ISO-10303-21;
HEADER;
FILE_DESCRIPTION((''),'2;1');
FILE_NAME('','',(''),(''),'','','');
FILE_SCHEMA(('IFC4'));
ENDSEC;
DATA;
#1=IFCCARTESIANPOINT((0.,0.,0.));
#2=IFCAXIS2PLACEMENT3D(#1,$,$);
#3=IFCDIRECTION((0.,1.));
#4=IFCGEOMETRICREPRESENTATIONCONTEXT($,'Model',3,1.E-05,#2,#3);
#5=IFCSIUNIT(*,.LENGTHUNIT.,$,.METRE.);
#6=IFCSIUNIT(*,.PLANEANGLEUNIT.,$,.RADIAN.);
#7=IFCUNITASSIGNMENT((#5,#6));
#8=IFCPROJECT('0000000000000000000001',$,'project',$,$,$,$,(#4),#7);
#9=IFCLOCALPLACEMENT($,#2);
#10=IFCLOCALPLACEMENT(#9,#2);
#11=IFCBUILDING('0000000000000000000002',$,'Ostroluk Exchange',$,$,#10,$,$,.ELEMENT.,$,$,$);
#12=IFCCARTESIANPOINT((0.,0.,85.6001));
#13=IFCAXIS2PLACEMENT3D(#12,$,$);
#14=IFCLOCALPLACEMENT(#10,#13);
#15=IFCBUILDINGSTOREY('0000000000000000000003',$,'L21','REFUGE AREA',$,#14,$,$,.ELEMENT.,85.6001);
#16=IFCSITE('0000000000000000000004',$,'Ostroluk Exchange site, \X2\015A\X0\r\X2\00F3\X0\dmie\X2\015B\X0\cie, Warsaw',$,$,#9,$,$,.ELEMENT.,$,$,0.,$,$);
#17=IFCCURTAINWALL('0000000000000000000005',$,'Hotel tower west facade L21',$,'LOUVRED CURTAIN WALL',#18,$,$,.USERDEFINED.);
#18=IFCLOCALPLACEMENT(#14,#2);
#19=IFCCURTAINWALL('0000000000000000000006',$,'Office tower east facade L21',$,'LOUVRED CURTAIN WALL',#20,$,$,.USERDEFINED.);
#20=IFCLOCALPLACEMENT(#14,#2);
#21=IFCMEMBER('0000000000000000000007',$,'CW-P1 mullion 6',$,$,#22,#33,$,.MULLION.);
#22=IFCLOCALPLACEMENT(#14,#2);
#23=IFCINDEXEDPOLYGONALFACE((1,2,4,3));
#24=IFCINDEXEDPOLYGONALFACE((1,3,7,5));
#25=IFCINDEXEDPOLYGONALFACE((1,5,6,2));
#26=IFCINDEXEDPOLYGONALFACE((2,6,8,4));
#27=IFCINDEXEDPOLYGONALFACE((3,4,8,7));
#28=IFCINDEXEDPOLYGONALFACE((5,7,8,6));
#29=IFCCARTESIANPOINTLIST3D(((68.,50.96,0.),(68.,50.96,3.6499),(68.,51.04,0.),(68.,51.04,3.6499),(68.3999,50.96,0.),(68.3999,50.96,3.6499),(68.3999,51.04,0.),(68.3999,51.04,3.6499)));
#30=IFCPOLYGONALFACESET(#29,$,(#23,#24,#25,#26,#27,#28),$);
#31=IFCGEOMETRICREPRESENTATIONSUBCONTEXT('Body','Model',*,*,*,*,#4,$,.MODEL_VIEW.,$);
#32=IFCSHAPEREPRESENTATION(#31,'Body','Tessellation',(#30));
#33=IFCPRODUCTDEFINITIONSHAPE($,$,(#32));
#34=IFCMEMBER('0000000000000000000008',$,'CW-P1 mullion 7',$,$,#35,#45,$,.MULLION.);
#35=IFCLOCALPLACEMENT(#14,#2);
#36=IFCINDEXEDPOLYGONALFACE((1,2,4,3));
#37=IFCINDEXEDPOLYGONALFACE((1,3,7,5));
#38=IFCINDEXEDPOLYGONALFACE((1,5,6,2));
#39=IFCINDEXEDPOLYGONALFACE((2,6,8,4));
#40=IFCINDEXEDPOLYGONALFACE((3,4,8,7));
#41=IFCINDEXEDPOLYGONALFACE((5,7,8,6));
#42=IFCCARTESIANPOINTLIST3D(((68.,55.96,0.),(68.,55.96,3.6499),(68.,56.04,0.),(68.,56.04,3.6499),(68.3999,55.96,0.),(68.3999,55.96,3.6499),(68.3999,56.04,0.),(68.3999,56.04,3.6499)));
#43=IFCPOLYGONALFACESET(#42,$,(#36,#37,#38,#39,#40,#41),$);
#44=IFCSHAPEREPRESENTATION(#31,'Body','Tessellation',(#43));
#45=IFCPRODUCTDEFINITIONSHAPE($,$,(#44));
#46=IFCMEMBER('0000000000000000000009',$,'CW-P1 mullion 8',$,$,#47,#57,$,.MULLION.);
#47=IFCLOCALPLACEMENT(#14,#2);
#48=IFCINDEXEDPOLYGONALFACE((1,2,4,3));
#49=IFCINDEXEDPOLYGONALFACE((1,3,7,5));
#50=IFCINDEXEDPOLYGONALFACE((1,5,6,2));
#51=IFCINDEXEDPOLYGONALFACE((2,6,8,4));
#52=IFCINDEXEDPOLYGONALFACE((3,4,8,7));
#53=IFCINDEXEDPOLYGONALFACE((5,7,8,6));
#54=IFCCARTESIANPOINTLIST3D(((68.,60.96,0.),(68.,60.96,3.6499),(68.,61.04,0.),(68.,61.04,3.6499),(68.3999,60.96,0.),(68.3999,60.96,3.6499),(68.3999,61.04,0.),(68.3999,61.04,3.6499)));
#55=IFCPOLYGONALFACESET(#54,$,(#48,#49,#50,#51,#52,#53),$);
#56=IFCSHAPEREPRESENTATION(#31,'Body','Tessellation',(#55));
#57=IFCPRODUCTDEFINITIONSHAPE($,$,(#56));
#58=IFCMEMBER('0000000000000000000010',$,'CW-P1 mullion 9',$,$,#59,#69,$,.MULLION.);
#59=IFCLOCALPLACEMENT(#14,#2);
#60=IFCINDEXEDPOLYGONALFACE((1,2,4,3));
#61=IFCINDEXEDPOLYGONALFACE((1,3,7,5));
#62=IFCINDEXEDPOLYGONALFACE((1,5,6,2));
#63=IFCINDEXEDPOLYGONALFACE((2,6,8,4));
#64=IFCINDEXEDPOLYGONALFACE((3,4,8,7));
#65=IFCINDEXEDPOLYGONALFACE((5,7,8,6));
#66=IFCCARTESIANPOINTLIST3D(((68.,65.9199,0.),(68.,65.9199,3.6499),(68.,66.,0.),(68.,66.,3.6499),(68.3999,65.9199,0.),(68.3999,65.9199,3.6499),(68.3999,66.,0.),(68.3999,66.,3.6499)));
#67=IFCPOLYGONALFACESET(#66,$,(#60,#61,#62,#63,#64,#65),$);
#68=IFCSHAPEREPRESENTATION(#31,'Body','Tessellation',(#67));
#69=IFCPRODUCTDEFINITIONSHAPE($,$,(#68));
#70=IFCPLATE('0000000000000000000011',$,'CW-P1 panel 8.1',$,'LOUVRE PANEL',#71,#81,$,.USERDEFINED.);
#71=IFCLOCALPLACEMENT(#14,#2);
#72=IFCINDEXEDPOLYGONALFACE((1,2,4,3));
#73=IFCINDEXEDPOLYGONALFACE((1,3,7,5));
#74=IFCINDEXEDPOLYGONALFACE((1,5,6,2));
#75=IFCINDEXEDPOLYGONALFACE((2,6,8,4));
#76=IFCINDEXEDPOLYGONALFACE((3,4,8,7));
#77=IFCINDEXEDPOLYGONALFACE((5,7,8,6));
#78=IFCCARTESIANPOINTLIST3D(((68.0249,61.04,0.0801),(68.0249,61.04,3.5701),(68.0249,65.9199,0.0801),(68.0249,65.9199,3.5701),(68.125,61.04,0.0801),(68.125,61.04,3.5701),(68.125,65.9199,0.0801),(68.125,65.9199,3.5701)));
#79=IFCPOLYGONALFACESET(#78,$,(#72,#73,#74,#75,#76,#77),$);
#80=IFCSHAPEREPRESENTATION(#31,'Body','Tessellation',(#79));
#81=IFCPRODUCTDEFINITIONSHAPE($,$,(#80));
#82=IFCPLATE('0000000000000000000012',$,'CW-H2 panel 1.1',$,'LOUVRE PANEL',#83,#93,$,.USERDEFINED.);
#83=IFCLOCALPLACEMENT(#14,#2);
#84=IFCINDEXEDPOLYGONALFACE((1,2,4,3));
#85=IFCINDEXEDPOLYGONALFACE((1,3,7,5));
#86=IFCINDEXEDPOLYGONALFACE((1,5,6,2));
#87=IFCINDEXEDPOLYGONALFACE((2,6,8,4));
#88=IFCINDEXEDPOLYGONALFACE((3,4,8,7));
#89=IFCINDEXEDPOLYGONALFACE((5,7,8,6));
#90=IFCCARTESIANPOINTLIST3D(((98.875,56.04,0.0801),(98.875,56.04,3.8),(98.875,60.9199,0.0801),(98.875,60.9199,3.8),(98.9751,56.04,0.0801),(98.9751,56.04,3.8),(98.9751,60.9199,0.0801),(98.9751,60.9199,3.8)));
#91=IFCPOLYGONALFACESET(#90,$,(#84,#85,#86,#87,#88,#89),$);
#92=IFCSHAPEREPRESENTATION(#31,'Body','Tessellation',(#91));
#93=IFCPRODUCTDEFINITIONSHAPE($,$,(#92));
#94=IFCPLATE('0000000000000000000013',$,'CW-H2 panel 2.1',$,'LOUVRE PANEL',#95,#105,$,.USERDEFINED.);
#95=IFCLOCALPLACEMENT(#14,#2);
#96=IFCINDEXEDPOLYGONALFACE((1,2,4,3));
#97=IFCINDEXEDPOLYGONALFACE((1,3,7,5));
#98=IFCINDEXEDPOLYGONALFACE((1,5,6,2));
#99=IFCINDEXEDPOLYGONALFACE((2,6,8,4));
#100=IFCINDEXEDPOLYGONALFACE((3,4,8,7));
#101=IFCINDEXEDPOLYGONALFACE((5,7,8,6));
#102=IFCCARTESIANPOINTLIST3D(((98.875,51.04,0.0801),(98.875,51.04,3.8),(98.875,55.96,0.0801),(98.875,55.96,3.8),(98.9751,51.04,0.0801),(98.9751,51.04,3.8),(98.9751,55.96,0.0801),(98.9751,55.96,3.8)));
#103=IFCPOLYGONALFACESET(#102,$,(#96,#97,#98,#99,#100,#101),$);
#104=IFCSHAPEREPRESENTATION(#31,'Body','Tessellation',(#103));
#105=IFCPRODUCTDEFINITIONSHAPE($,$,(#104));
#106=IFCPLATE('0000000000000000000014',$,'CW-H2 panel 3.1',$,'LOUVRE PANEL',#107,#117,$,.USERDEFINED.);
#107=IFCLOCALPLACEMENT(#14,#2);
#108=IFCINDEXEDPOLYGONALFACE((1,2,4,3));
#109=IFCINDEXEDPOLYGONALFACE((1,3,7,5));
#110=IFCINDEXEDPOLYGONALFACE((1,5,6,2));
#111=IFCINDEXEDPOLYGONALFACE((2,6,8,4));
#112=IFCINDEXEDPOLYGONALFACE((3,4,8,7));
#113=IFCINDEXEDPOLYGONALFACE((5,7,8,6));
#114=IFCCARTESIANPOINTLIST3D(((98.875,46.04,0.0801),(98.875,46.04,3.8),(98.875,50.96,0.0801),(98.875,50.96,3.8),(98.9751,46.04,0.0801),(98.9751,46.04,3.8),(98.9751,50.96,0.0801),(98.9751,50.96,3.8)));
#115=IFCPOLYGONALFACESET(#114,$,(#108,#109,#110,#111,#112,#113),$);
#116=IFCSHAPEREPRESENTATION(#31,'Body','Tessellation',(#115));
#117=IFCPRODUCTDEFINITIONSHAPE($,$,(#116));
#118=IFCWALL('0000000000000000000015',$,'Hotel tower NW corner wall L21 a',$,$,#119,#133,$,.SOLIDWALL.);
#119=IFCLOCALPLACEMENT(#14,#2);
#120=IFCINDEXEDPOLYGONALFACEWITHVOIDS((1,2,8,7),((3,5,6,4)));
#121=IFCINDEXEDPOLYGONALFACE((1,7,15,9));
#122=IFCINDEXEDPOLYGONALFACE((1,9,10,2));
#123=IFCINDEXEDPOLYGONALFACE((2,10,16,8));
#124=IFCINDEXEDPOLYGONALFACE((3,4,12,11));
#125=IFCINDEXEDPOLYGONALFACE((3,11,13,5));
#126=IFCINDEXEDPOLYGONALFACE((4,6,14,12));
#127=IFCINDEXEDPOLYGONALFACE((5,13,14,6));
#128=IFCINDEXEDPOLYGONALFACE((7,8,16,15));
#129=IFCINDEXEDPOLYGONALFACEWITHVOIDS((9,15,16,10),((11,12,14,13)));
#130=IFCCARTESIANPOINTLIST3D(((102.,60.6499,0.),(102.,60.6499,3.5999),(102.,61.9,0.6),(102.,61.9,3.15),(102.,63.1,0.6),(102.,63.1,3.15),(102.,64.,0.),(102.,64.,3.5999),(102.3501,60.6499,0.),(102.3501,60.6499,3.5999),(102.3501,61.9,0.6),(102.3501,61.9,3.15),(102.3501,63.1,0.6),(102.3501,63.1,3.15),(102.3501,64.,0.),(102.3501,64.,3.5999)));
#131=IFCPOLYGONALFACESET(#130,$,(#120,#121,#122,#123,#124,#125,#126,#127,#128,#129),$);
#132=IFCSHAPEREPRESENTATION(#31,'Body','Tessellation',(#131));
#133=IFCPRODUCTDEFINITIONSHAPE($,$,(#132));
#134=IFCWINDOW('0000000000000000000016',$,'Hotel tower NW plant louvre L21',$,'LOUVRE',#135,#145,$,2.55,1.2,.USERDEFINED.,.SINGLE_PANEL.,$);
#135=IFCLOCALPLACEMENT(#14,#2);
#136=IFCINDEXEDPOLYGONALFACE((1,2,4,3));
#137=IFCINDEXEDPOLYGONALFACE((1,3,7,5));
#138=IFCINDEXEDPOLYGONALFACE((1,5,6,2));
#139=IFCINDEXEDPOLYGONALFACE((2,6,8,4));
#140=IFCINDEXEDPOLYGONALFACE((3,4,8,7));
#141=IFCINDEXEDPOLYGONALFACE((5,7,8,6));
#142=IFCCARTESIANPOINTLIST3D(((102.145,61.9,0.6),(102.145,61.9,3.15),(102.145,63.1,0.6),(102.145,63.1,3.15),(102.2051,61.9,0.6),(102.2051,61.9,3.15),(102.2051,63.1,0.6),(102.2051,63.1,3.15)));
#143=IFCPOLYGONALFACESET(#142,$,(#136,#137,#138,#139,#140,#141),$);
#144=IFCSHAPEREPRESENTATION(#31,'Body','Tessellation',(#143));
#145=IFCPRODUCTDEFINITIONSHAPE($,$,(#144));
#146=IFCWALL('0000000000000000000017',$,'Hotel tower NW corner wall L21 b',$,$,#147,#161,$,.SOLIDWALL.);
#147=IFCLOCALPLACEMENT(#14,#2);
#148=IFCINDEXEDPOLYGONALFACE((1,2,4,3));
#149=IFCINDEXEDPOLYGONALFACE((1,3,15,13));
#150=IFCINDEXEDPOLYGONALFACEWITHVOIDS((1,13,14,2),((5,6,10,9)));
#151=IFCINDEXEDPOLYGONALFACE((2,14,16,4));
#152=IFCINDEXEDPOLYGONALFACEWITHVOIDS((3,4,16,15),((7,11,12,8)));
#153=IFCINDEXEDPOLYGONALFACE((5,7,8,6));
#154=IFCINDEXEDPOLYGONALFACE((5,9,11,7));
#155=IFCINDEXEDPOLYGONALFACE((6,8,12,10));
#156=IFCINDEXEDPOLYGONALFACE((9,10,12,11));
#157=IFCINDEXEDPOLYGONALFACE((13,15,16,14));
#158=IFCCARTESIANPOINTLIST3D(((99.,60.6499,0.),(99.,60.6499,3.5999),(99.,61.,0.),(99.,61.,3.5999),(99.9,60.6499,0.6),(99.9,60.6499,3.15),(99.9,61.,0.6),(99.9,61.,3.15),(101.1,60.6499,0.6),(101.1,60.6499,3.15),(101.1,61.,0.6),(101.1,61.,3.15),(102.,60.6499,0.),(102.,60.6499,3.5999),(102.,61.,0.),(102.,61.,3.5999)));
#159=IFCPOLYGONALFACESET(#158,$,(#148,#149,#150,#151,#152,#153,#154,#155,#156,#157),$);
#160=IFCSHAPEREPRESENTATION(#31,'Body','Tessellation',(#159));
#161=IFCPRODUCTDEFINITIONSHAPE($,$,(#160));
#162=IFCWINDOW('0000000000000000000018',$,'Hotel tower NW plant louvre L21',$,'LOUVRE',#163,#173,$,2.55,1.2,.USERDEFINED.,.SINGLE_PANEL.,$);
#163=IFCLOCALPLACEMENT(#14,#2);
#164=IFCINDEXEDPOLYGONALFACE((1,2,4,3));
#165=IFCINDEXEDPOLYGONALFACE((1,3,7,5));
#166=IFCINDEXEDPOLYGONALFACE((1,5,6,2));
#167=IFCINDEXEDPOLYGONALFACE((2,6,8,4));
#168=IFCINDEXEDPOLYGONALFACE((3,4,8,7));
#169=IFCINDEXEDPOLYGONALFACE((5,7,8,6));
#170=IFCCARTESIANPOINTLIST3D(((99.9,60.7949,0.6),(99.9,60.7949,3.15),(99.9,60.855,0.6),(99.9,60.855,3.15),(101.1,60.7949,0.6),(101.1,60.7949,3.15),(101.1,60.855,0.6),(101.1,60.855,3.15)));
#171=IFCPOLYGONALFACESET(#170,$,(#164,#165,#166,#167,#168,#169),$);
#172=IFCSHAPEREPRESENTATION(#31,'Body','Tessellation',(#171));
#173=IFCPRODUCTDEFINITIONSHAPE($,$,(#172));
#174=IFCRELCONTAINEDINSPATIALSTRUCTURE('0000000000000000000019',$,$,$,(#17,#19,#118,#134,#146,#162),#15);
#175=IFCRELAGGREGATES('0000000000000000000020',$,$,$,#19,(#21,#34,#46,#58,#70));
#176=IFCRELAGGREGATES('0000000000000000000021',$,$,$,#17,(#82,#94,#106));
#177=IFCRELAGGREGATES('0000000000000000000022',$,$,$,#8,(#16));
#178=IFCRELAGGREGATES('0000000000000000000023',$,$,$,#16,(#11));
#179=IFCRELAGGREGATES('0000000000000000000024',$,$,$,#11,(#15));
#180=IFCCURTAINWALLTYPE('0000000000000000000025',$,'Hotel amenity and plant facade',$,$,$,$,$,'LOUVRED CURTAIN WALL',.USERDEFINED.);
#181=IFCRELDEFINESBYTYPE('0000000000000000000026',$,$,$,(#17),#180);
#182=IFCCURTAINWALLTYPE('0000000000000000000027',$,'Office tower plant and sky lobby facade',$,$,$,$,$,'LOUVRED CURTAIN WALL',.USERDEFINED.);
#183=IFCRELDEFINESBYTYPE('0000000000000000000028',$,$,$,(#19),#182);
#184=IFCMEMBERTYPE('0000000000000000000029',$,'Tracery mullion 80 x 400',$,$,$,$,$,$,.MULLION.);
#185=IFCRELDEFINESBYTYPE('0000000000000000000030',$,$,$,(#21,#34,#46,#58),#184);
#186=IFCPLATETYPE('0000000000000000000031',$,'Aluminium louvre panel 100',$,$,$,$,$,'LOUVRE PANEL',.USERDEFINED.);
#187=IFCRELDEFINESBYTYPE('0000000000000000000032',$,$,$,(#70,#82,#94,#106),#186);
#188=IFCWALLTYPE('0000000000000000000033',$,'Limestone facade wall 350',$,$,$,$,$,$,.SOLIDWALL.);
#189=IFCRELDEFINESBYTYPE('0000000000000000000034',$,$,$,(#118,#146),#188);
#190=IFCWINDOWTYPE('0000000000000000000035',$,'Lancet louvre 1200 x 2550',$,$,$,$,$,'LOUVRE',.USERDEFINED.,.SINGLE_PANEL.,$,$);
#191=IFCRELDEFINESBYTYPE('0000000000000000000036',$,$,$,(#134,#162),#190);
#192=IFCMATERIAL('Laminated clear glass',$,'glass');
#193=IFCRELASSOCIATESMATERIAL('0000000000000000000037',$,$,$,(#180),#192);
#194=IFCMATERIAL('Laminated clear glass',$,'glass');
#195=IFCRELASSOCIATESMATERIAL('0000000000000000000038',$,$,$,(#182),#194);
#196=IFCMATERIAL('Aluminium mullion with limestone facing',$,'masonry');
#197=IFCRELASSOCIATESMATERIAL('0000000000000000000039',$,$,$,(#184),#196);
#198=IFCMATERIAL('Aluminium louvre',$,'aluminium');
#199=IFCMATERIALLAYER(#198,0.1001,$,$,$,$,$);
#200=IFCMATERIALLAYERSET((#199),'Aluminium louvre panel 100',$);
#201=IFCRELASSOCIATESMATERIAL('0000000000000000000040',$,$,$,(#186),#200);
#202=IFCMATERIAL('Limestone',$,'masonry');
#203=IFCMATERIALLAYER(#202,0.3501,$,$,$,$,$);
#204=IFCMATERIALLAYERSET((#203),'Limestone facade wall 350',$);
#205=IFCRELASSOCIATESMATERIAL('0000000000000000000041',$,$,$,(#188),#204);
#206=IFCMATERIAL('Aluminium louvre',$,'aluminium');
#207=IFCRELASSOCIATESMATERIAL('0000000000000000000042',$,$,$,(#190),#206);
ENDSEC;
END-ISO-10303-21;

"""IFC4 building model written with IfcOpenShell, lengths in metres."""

from ifc_helpers import new_model, si_unit, direction, frame, frame_2d, origin, origin_2d, place, context, subcontext, project, spatial, rectangle, extrude, material, layer, layer_set, material_profile, profile_set, type_object, element, fill, aggregate, save


model = new_model("IFC4")

# Units and contexts
model_context = context("Model", 3, precision=1e-05, world=origin(), true_north=direction((0.0, 1.0)))
body_context = subcontext(model_context, "Body", "Model", "MODEL_VIEW")
ifc_project = project(units=[si_unit("LENGTHUNIT", "METRE"), si_unit("PLANEANGLEUNIT", "RADIAN")], contexts=[model_context])

# Site, building, storey
site_placement = place(None, origin())
site = spatial("IfcSite", under=ifc_project, at=site_placement, Name="Ostroluk Exchange site, Śródmieście, Warsaw", CompositionType="ELEMENT", RefElevation=0.0)
building_placement = place(site_placement, origin())
building = spatial("IfcBuilding", under=site, at=building_placement, Name="Ostroluk Exchange", CompositionType="ELEMENT")
storey_placement = place(building_placement, frame((0.0, 0.0, 85.6001)))
storey = spatial("IfcBuildingStorey", under=building, at=storey_placement, Name="L21", Description="REFUGE AREA", CompositionType="ELEMENT", Elevation=85.6001)

# Curtain wall
ifc_material_1 = material(Name="Laminated clear glass", Category="glass")
curtain_wall_type_1 = type_object("IfcCurtainWallType", Name="Hotel amenity and plant facade", ElementType="LOUVRED CURTAIN WALL", PredefinedType="USERDEFINED", material=ifc_material_1)
curtain_wall_1_placement = place(storey_placement, origin())
curtain_wall_1 = element("IfcCurtainWall", 1, at=curtain_wall_1_placement, inside=storey, type_object=curtain_wall_type_1, Name="Hotel tower west facade L21", ObjectType="LOUVRED CURTAIN WALL", PredefinedType="USERDEFINED")

# Curtain wall, members, plate
ifc_material_2 = material(Name="Laminated clear glass", Category="glass")
curtain_wall_type_2 = type_object("IfcCurtainWallType", Name="Office tower plant and sky lobby facade", ElementType="LOUVRED CURTAIN WALL", PredefinedType="USERDEFINED", material=ifc_material_2)
curtain_wall_2_placement = place(storey_placement, origin())
curtain_wall_2 = element("IfcCurtainWall", 2, at=curtain_wall_2_placement, inside=storey, type_object=curtain_wall_type_2, Name="Office tower east facade L21", ObjectType="LOUVRED CURTAIN WALL", PredefinedType="USERDEFINED")
ifc_material_3 = material(Name="Aluminium mullion with limestone facing", Category="masonry")
ifc_material_profile_1 = material_profile(ifc_material_3, rectangle(XDim=0.3999, YDim=0.0801, at=origin_2d()), Name="Tracery mullion 80 x 400")
ifc_profile_set_1 = profile_set([ifc_material_profile_1], Name="Aluminium mullion with limestone facing")
member_type_1 = type_object("IfcMemberType", Name="Tracery mullion 80 x 400", PredefinedType="MULLION", material=ifc_profile_set_1)
member_1_placement = place(storey_placement, frame((68.2, 51.0, 0.0), z_axis=(0.0, 0.0, 1.0), x_axis=(-1.0, 0.0, 0.0)))
member_1 = element("IfcMember", 3, at=member_1_placement, type_object=member_type_1, Name="CW-P1 mullion 6", PredefinedType="MULLION", context=body_context, shape_type="SweptSolid", body=[
    extrude(rectangle(XDim=0.3999, YDim=0.0801, at=origin_2d()), origin(), (0.0, 0.0, 1.0), 3.6499),
])
member_2_placement = place(storey_placement, frame((68.2, 56.0, 0.0), z_axis=(0.0, 0.0, 1.0), x_axis=(-1.0, 0.0, 0.0)))
member_2 = element("IfcMember", 4, at=member_2_placement, type_object=member_type_1, Name="CW-P1 mullion 7", PredefinedType="MULLION", context=body_context, shape_type="SweptSolid", body=[
    extrude(rectangle(XDim=0.3999, YDim=0.0801, at=origin_2d()), origin(), (0.0, 0.0, 1.0), 3.6499),
])
member_3_placement = place(storey_placement, frame((68.2, 61.0, 0.0), z_axis=(0.0, 0.0, 1.0), x_axis=(-1.0, 0.0, 0.0)))
member_3 = element("IfcMember", 5, at=member_3_placement, type_object=member_type_1, Name="CW-P1 mullion 8", PredefinedType="MULLION", context=body_context, shape_type="SweptSolid", body=[
    extrude(rectangle(XDim=0.3999, YDim=0.0801, at=origin_2d()), origin(), (0.0, 0.0, 1.0), 3.6499),
])
member_4_placement = place(storey_placement, frame((68.2, 65.96, 0.0), z_axis=(0.0, 0.0, 1.0), x_axis=(-1.0, 0.0, 0.0)))
member_4 = element("IfcMember", 6, at=member_4_placement, type_object=member_type_1, Name="CW-P1 mullion 9", PredefinedType="MULLION", context=body_context, shape_type="SweptSolid", body=[
    extrude(rectangle(XDim=0.3999, YDim=0.0801, at=origin_2d()), origin(), (0.0, 0.0, 1.0), 3.6499),
])
ifc_material_4 = material(Name="Aluminium louvre", Category="aluminium")
ifc_layer_1 = layer(ifc_material_4, 0.1001)
ifc_layer_set_1 = layer_set([ifc_layer_1], Name="Aluminium louvre panel 100")
plate_type = type_object("IfcPlateType", Name="Aluminium louvre panel 100", ElementType="LOUVRE PANEL", PredefinedType="USERDEFINED", material=ifc_layer_set_1)
plate_1_placement = place(storey_placement, frame((68.075, 63.48, 0.0801), z_axis=(0.0, 0.0, 1.0), x_axis=(0.0, 1.0, 0.0)))
plate_1 = element("IfcPlate", 7, at=plate_1_placement, type_object=plate_type, Name="CW-P1 panel 8.1", ObjectType="LOUVRE PANEL", PredefinedType="USERDEFINED", context=body_context, shape_type="SweptSolid", body=[
    extrude(rectangle(XDim=4.8799, YDim=0.1001, at=origin_2d()), origin(), (0.0, 0.0, 1.0), 3.49),
])
aggregate(curtain_wall_2, [member_1, member_2, member_3, member_4, plate_1])

# Plates
plate_2_placement = place(storey_placement, frame((98.925, 58.48, 0.0801), z_axis=(0.0, 0.0, 1.0), x_axis=(0.0, -1.0, 0.0)))
plate_2 = element("IfcPlate", 8, at=plate_2_placement, type_object=plate_type, Name="CW-H2 panel 1.1", ObjectType="LOUVRE PANEL", PredefinedType="USERDEFINED", context=body_context, shape_type="SweptSolid", body=[
    extrude(rectangle(XDim=4.8799, YDim=0.1001, at=origin_2d()), origin(), (0.0, 0.0, 1.0), 3.72),
])
plate_3_placement = place(storey_placement, frame((98.925, 53.5, 0.0801), z_axis=(0.0, 0.0, 1.0), x_axis=(0.0, -1.0, 0.0)))
plate_3 = element("IfcPlate", 9, at=plate_3_placement, type_object=plate_type, Name="CW-H2 panel 2.1", ObjectType="LOUVRE PANEL", PredefinedType="USERDEFINED", context=body_context, shape_type="SweptSolid", body=[
    extrude(rectangle(XDim=4.9199, YDim=0.1001, at=origin_2d()), origin(), (0.0, 0.0, 1.0), 3.72),
])
plate_4_placement = place(storey_placement, frame((98.925, 48.5, 0.0801), z_axis=(0.0, 0.0, 1.0), x_axis=(0.0, -1.0, 0.0)))
plate_4 = element("IfcPlate", 10, at=plate_4_placement, type_object=plate_type, Name="CW-H2 panel 3.1", ObjectType="LOUVRE PANEL", PredefinedType="USERDEFINED", context=body_context, shape_type="SweptSolid", body=[
    extrude(rectangle(XDim=4.9199, YDim=0.1001, at=origin_2d()), origin(), (0.0, 0.0, 1.0), 3.72),
])
aggregate(curtain_wall_1, [plate_2, plate_3, plate_4])

# Walls, openings, windows
ifc_material_5 = material(Name="Limestone", Category="masonry")
ifc_layer_2 = layer(ifc_material_5, 0.3501)
ifc_layer_set_2 = layer_set([ifc_layer_2], Name="Limestone facade wall 350")
wall_type = type_object("IfcWallType", Name="Limestone facade wall 350", PredefinedType="SOLIDWALL", material=ifc_layer_set_2)
wall_1_placement = place(storey_placement, frame((102.175, 64.0, 0.0), z_axis=(0.0, 0.0, 1.0), x_axis=(0.0, -1.0, 0.0)))
wall_1 = element("IfcWall", 11, at=wall_1_placement, inside=storey, type_object=wall_type, Name="Hotel tower NW corner wall L21 a", PredefinedType="SOLIDWALL", context=body_context, shape_type="SweptSolid", body=[
    extrude(rectangle(XDim=3.3501, YDim=0.3501, at=frame_2d((1.675, 0.0))), origin(), (0.0, 0.0, 1.0), 3.5999),
])
opening_1_placement = place(wall_1_placement, frame((0.8999, 0.0, 0.6001)))
opening_1 = element("IfcOpeningElement", 12, at=opening_1_placement, cuts=wall_1, PredefinedType="OPENING", context=body_context, shape_type="SweptSolid", body=[
    extrude(rectangle(XDim=1.2, YDim=2.55, at=frame_2d((0.6001, 1.2749))), frame((0.0, 0.1851, 0.0), z_axis=(0.0, -1.0, 0.0), x_axis=(1.0, 0.0, 0.0)), (0.0, 0.0, 1.0), 0.3701),
])
ifc_material_6 = material(Name="Aluminium louvre", Category="aluminium")
window_type = type_object("IfcWindowType", Name="Lancet louvre 1200 x 2550", ElementType="LOUVRE", PartitioningType="SINGLE_PANEL", PredefinedType="USERDEFINED", material=ifc_material_6)
window_1_placement = place(opening_1_placement, origin())
window_1 = element("IfcWindow", 13, at=window_1_placement, inside=storey, type_object=window_type, Name="Hotel tower NW plant louvre L21", ObjectType="LOUVRE", OverallHeight=2.55, OverallWidth=1.2, PartitioningType="SINGLE_PANEL", PredefinedType="USERDEFINED", context=body_context, shape_type="SweptSolid", body=[
    extrude(rectangle(XDim=1.2, YDim=2.55, at=frame_2d((0.6001, 1.2749))), frame((0.0, 0.03, 0.0), z_axis=(0.0, -1.0, 0.0), x_axis=(1.0, 0.0, 0.0)), (0.0, 0.0, 1.0), 0.0601),
])
fill(opening_1, window_1)
wall_2_placement = place(storey_placement, frame((102.0, 60.825, 0.0), z_axis=(0.0, 0.0, 1.0), x_axis=(-1.0, 0.0, 0.0)))
wall_2 = element("IfcWall", 14, at=wall_2_placement, inside=storey, type_object=wall_type, Name="Hotel tower NW corner wall L21 b", PredefinedType="SOLIDWALL", context=body_context, shape_type="SweptSolid", body=[
    extrude(rectangle(XDim=3.0, YDim=0.3501, at=frame_2d((1.5, 0.0))), origin(), (0.0, 0.0, 1.0), 3.5999),
])
opening_2_placement = place(wall_2_placement, frame((0.8999, 0.0, 0.6001)))
opening_2 = element("IfcOpeningElement", 15, at=opening_2_placement, cuts=wall_2, PredefinedType="OPENING", context=body_context, shape_type="SweptSolid", body=[
    extrude(rectangle(XDim=1.2, YDim=2.55, at=frame_2d((0.6001, 1.2749))), frame((0.0, 0.1851, 0.0), z_axis=(0.0, -1.0, 0.0), x_axis=(1.0, 0.0, 0.0)), (0.0, 0.0, 1.0), 0.3701),
])
window_2_placement = place(opening_2_placement, origin())
window_2 = element("IfcWindow", 16, at=window_2_placement, inside=storey, type_object=window_type, Name="Hotel tower NW plant louvre L21", ObjectType="LOUVRE", OverallHeight=2.55, OverallWidth=1.2, PartitioningType="SINGLE_PANEL", PredefinedType="USERDEFINED", context=body_context, shape_type="SweptSolid", body=[
    extrude(rectangle(XDim=1.2, YDim=2.55, at=frame_2d((0.6001, 1.2749))), frame((0.0, 0.03, 0.0), z_axis=(0.0, -1.0, 0.0), x_axis=(1.0, 0.0, 0.0)), (0.0, 0.0, 1.0), 0.0601),
])
fill(opening_2, window_2)

save(model, "model.ifc")
